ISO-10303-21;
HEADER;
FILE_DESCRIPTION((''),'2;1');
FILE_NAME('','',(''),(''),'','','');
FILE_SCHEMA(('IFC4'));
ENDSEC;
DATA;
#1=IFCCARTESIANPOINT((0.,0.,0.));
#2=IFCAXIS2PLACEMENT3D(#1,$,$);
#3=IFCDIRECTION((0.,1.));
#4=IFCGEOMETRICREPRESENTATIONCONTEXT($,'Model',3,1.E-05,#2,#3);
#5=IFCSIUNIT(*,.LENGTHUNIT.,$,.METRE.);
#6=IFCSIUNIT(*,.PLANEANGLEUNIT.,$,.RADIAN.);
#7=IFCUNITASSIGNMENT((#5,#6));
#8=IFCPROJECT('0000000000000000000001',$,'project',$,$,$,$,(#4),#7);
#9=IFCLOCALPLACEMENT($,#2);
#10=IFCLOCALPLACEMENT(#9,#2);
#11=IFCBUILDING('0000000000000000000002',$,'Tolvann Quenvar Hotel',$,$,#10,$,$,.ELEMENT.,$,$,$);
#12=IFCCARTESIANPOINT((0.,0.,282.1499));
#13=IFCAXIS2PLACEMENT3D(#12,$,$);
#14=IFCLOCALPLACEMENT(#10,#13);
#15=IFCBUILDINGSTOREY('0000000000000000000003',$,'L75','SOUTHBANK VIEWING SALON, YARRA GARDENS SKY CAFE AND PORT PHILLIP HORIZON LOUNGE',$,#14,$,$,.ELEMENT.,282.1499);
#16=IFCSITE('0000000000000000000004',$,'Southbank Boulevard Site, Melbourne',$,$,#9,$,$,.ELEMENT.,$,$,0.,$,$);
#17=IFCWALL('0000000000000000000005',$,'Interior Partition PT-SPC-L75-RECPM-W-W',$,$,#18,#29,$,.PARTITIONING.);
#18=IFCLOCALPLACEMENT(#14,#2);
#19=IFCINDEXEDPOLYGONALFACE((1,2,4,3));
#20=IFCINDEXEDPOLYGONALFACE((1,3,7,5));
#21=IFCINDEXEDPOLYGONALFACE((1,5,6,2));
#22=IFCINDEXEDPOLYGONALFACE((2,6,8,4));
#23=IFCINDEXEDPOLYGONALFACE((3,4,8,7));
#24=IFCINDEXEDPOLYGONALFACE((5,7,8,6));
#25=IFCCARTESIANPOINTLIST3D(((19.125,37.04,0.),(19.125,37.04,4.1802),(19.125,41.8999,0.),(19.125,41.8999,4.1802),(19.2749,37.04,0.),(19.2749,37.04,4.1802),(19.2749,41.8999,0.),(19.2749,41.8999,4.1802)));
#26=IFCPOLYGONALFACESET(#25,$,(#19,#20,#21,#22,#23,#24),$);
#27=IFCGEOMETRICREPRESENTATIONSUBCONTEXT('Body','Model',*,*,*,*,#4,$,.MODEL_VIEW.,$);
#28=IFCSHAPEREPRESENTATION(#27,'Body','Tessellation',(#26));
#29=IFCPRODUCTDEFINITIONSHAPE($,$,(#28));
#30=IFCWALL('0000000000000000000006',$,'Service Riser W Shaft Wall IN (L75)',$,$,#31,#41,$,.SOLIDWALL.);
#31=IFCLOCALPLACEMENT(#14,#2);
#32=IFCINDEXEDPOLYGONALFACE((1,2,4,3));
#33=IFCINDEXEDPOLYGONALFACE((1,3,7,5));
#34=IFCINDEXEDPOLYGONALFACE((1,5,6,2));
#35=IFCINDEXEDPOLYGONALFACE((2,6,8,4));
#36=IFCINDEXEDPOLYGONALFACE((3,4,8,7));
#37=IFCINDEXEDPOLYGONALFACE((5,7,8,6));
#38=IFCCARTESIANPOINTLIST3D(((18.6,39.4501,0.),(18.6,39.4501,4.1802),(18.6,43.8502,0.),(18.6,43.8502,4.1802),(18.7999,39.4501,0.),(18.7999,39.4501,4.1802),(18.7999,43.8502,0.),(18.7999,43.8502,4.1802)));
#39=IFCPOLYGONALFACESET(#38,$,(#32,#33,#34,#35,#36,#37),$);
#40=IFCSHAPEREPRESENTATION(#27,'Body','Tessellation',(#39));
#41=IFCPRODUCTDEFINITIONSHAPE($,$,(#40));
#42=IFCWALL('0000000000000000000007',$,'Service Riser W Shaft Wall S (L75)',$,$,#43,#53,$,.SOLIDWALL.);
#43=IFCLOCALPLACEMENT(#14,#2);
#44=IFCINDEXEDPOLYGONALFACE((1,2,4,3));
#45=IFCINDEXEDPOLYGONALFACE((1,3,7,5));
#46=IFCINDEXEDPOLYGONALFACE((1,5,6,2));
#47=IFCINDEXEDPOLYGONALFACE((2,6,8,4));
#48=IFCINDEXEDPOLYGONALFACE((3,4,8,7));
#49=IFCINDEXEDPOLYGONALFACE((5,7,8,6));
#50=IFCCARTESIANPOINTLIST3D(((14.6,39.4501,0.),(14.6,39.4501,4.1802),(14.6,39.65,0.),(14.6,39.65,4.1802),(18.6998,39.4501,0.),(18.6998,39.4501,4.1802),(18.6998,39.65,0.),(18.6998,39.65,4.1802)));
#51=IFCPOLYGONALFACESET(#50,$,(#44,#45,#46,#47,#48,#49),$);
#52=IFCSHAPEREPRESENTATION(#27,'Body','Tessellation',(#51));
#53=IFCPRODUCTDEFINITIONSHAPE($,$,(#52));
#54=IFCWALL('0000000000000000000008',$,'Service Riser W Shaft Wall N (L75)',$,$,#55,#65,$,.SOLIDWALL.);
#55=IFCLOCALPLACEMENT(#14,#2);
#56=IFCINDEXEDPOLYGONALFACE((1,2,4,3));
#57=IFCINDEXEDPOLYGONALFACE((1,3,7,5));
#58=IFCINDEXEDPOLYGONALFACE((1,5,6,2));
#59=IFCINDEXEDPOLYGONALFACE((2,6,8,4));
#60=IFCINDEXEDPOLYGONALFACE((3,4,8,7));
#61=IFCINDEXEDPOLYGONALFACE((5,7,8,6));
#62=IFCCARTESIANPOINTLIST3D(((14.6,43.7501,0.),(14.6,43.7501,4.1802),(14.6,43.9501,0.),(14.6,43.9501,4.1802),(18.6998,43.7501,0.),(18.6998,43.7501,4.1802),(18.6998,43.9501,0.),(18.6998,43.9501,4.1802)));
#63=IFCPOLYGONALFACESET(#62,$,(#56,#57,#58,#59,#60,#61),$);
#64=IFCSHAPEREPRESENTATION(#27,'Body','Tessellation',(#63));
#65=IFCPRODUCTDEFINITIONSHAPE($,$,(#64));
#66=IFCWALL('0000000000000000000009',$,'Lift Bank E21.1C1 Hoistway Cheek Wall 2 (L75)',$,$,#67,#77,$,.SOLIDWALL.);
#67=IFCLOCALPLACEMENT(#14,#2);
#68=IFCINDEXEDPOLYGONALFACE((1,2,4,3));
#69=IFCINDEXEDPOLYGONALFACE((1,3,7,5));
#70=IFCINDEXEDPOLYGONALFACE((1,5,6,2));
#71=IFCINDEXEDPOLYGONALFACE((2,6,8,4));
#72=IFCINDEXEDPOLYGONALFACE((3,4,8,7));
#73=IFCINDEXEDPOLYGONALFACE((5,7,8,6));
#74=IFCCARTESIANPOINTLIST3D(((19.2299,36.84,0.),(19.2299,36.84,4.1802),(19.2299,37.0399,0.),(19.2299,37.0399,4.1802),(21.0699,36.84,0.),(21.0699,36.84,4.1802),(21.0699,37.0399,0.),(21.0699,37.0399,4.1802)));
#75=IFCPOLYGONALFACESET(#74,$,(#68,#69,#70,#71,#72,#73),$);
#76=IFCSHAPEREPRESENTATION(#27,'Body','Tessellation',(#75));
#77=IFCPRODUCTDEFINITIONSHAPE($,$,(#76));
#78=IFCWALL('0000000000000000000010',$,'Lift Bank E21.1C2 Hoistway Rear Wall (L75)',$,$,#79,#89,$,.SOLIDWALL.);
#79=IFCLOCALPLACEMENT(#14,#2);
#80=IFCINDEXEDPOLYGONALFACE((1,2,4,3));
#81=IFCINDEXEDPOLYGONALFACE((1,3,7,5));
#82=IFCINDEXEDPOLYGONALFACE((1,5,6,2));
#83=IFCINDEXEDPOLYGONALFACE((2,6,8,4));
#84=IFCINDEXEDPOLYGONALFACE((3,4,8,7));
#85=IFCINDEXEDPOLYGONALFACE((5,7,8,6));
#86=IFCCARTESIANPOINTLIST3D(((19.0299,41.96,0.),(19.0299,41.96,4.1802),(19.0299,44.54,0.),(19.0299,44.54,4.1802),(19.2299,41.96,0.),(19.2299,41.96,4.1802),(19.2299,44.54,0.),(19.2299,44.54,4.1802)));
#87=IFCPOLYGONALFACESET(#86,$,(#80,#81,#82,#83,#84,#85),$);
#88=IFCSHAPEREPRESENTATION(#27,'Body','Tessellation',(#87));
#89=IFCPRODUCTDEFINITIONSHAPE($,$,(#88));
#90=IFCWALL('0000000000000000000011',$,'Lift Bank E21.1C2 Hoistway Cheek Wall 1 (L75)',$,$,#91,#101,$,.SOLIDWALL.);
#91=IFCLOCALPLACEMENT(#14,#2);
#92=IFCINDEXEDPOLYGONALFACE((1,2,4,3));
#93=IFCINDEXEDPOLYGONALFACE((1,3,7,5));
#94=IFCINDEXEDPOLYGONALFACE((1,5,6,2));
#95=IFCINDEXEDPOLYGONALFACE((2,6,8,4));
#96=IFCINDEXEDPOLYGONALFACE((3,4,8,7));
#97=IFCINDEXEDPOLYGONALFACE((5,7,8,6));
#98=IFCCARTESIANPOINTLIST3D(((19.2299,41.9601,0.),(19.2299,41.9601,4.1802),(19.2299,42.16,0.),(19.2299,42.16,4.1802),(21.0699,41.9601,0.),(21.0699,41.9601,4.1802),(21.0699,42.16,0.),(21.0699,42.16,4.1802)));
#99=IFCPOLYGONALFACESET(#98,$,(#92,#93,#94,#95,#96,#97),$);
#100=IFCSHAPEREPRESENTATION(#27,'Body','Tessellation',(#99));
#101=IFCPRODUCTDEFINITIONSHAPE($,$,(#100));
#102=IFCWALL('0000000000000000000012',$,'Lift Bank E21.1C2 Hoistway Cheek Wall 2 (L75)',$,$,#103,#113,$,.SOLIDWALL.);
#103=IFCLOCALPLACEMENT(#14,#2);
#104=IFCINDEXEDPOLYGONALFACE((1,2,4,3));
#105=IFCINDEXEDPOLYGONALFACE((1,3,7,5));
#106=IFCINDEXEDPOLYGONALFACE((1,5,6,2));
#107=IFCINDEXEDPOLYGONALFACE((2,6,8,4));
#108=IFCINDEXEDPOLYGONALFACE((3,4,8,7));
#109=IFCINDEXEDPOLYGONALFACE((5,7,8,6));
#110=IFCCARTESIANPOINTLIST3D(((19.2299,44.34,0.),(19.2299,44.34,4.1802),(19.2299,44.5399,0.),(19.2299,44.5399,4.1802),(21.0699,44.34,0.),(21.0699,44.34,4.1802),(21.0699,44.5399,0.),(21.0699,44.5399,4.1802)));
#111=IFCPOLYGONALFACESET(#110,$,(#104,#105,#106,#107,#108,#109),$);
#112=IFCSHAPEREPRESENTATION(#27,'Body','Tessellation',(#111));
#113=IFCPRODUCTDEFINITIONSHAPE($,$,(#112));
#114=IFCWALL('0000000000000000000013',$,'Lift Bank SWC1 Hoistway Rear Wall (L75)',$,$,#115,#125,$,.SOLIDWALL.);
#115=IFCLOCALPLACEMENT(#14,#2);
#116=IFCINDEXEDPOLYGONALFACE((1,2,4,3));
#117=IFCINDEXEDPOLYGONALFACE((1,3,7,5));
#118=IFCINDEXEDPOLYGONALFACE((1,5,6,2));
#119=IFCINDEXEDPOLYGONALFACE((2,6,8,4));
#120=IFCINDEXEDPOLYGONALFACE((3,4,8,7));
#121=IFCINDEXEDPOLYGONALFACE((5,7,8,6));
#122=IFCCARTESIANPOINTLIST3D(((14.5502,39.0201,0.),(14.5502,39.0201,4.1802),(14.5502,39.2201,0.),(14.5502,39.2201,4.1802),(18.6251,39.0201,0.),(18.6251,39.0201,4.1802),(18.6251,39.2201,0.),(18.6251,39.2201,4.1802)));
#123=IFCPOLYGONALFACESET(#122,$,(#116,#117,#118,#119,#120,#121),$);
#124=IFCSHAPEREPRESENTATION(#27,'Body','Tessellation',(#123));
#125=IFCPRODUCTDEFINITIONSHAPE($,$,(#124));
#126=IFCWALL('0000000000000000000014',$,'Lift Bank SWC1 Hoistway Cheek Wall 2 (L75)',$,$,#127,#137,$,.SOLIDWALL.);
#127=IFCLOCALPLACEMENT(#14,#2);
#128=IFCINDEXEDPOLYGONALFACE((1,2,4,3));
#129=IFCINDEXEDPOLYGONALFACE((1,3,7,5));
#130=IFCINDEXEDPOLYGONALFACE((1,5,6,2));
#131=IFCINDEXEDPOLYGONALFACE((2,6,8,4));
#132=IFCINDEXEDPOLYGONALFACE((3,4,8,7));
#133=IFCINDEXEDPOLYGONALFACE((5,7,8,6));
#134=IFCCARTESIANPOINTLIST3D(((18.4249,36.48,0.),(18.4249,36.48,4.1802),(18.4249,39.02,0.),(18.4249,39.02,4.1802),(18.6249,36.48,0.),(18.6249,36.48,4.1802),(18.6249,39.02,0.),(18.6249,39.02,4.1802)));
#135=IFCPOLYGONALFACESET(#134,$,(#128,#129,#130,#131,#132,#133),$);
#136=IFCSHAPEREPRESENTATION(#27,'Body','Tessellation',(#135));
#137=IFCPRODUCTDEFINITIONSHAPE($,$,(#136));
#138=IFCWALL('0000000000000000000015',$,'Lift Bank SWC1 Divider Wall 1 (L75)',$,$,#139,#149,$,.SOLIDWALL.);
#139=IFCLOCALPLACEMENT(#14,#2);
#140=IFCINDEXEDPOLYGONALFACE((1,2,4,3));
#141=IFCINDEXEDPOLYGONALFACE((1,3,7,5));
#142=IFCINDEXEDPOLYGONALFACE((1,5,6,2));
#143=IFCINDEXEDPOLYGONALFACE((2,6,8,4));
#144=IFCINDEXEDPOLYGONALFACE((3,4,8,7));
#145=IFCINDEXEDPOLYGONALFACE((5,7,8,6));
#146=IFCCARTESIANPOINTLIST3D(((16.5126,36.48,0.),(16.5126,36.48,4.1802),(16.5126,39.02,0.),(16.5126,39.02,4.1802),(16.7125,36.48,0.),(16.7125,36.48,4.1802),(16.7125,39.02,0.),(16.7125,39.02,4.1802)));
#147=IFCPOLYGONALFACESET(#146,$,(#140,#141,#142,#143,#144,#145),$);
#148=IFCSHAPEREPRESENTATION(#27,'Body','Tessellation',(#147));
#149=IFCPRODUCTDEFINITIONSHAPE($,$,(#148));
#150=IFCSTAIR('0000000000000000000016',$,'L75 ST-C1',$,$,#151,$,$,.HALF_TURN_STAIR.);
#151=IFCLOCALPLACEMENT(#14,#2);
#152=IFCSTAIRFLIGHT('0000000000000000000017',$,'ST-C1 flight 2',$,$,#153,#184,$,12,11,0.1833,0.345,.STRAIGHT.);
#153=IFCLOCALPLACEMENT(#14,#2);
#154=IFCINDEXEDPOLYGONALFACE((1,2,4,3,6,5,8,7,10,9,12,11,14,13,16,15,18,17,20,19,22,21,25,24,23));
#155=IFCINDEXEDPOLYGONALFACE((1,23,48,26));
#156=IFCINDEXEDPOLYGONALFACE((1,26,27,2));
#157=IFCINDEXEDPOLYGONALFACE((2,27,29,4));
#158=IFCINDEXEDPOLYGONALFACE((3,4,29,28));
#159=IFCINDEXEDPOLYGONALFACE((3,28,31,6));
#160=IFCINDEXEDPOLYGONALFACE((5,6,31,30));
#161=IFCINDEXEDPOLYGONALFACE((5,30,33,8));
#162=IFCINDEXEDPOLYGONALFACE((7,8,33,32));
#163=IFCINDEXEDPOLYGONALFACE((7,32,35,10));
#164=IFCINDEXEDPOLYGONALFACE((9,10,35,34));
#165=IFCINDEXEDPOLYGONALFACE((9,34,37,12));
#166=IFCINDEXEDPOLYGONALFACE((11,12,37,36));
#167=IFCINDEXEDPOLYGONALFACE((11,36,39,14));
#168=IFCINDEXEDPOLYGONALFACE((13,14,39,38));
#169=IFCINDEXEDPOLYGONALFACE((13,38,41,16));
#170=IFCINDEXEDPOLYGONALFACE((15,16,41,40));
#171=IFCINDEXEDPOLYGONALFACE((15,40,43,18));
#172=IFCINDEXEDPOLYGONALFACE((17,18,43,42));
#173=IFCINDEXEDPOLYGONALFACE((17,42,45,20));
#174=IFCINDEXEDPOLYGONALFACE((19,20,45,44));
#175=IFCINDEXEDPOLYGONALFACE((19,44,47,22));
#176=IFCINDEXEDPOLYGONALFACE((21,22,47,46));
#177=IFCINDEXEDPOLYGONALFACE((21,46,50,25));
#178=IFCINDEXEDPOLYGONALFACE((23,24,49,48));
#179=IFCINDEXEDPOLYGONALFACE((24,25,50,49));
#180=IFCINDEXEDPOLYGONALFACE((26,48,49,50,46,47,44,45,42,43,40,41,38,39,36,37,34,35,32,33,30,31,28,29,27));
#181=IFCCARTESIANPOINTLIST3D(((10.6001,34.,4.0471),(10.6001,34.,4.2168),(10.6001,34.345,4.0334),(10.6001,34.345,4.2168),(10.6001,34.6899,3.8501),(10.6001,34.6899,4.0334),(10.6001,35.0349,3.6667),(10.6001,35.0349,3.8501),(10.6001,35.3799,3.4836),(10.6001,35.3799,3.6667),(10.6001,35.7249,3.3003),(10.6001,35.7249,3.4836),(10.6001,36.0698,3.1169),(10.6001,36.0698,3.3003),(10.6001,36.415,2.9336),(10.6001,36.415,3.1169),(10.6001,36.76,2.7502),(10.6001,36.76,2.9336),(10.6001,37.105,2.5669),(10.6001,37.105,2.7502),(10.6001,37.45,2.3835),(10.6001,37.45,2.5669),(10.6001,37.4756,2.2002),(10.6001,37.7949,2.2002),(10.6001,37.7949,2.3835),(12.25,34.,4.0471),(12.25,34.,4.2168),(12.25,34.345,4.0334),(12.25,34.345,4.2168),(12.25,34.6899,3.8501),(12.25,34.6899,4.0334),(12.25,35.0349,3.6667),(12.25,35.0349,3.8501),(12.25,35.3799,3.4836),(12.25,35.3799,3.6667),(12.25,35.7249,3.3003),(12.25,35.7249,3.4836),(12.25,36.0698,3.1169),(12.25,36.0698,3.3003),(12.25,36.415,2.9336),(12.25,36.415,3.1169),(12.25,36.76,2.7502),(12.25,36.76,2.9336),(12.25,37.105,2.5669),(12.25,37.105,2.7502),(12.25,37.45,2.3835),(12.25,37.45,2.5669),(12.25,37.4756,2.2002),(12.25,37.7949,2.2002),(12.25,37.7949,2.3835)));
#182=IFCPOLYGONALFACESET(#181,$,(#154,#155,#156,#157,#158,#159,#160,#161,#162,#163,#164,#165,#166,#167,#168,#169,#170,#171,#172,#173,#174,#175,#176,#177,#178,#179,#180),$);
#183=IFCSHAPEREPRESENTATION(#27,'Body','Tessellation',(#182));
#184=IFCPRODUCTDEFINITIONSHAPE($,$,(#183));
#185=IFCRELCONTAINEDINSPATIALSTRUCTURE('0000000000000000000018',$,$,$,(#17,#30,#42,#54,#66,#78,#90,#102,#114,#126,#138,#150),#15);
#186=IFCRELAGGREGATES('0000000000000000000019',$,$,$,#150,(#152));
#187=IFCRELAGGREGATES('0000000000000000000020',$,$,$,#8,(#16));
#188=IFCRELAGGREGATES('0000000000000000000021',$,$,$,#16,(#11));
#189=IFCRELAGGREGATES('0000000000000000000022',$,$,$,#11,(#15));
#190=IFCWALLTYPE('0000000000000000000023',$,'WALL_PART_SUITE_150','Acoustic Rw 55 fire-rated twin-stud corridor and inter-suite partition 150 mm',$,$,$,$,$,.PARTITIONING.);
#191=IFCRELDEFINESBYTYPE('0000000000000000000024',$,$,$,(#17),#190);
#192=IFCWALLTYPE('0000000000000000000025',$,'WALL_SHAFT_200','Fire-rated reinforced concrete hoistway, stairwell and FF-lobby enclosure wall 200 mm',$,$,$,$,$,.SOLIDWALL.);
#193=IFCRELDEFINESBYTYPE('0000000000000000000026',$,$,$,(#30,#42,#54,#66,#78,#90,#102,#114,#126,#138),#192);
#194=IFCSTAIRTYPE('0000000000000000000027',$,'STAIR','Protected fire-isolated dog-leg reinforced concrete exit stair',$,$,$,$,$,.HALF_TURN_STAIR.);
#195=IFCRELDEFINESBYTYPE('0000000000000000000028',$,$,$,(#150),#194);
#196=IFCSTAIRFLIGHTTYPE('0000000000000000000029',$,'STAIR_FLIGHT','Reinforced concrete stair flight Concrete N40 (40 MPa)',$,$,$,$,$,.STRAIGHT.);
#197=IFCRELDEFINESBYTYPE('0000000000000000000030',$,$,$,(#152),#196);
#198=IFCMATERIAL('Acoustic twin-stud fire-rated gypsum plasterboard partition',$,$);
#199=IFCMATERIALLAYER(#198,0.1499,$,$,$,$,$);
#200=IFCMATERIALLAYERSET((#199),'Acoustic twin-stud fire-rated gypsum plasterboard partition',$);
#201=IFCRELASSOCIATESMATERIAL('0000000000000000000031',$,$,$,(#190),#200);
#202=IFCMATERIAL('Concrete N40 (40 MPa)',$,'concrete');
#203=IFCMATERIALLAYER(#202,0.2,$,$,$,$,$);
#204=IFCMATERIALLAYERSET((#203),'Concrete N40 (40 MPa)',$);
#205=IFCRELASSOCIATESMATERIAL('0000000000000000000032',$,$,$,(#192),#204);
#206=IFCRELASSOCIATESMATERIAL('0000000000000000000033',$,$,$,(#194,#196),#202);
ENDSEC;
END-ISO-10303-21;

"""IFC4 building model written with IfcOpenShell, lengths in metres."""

from ifc_helpers import new_model, si_unit, direction, frame, frame_2d, origin, place, context, subcontext, project, spatial, polyline, rectangle, outline, extrude, material, layer, layer_set, type_object, element, aggregate, save


model = new_model("IFC4")

# Units and contexts
model_context = context("Model", 3, precision=1e-05, world=origin(), true_north=direction((0.0, 1.0)))
body_context = subcontext(model_context, "Body", "Model", "MODEL_VIEW")
ifc_project = project(units=[si_unit("LENGTHUNIT", "METRE"), si_unit("PLANEANGLEUNIT", "RADIAN")], contexts=[model_context])

# Site, building, storey
site_placement = place(None, origin())
site = spatial("IfcSite", under=ifc_project, at=site_placement, Name="Southbank Boulevard Site, Melbourne", CompositionType="ELEMENT", RefElevation=0.0)
building_placement = place(site_placement, origin())
building = spatial("IfcBuilding", under=site, at=building_placement, Name="Tolvann Quenvar Hotel", CompositionType="ELEMENT")
storey_placement = place(building_placement, frame((0.0, 0.0, 282.1499)))
storey = spatial("IfcBuildingStorey", under=building, at=storey_placement, Name="L75", Description="SOUTHBANK VIEWING SALON, YARRA GARDENS SKY CAFE AND PORT PHILLIP HORIZON LOUNGE", CompositionType="ELEMENT", Elevation=282.1499)

# Walls
ifc_material_1 = material(Name="Acoustic twin-stud fire-rated gypsum plasterboard partition")
ifc_layer_1 = layer(ifc_material_1, 0.1499)
ifc_layer_set_1 = layer_set([ifc_layer_1], Name="Acoustic twin-stud fire-rated gypsum plasterboard partition")
wall_type_1 = type_object("IfcWallType", Name="WALL_PART_SUITE_150", Description="Acoustic Rw 55 fire-rated twin-stud corridor and inter-suite partition 150 mm", PredefinedType="PARTITIONING", material=ifc_layer_set_1)
wall_1_placement = place(storey_placement, frame((19.2, 37.04, 0.0), z_axis=(0.0, 0.0, 1.0), x_axis=(0.0, 1.0, 0.0)))
element("IfcWall", 1, at=wall_1_placement, inside=storey, type_object=wall_type_1, Name="Interior Partition PT-SPC-L75-RECPM-W-W", PredefinedType="PARTITIONING", context=body_context, shape_type="SweptSolid", body=[
    extrude(rectangle(XDim=4.8599, YDim=0.1499, at=frame_2d((2.4299, 0.0))), origin(), (0.0, 0.0, 1.0), 4.1802),
])
ifc_material_2 = material(Name="Concrete N40 (40 MPa)", Category="concrete")
ifc_layer_2 = layer(ifc_material_2, 0.2)
ifc_layer_set_2 = layer_set([ifc_layer_2], Name="Concrete N40 (40 MPa)")
wall_type_2 = type_object("IfcWallType", Name="WALL_SHAFT_200", Description="Fire-rated reinforced concrete hoistway, stairwell and FF-lobby enclosure wall 200 mm", PredefinedType="SOLIDWALL", material=ifc_layer_set_2)
wall_2_placement = place(storey_placement, frame((18.7, 39.45, 0.0), z_axis=(0.0, 0.0, 1.0), x_axis=(0.0, 1.0, 0.0)))
element("IfcWall", 2, at=wall_2_placement, inside=storey, type_object=wall_type_2, Name="Service Riser W Shaft Wall IN (L75)", PredefinedType="SOLIDWALL", context=body_context, shape_type="SweptSolid", body=[
    extrude(rectangle(XDim=4.4001, YDim=0.2, at=frame_2d((2.2002, 0.0))), origin(), (0.0, 0.0, 1.0), 4.1802),
])
for number, where, z_axis, x_axis, name in (
    (3, (14.6001, 39.55, 0.0), (0.0, 0.0, 1.0), (1.0, 0.0, 0.0), "Service Riser W Shaft Wall S (L75)"),
    (4, (14.6001, 43.8501, 0.0), (0.0, 0.0, 1.0), (1.0, 0.0, 0.0), "Service Riser W Shaft Wall N (L75)"),
):
    element("IfcWall", number, at=place(storey_placement, frame(where, z_axis=z_axis, x_axis=x_axis)), inside=storey, type_object=wall_type_2, Name=name, PredefinedType="SOLIDWALL", context=body_context, shape_type="SweptSolid", body=[
        extrude(rectangle(XDim=4.0999, YDim=0.2, at=frame_2d((2.0498, 0.0))), origin(), (0.0, 0.0, 1.0), 4.1802),
    ])
wall_3_placement = place(storey_placement, frame((19.23, 36.9399, 0.0), z_axis=(0.0, 0.0, 1.0), x_axis=(1.0, 0.0, 0.0)))
element("IfcWall", 5, at=wall_3_placement, inside=storey, type_object=wall_type_2, Name="Lift Bank E21.1C1 Hoistway Cheek Wall 2 (L75)", PredefinedType="SOLIDWALL", context=body_context, shape_type="SweptSolid", body=[
    extrude(rectangle(XDim=1.8401, YDim=0.2, at=frame_2d((0.9199, 0.0))), origin(), (0.0, 0.0, 1.0), 4.1802),
])
wall_4_placement = place(storey_placement, frame((19.1299, 41.96, 0.0), z_axis=(0.0, 0.0, 1.0), x_axis=(0.0, 1.0, 0.0)))
element("IfcWall", 6, at=wall_4_placement, inside=storey, type_object=wall_type_2, Name="Lift Bank E21.1C2 Hoistway Rear Wall (L75)", PredefinedType="SOLIDWALL", context=body_context, shape_type="SweptSolid", body=[
    extrude(rectangle(XDim=2.5801, YDim=0.2, at=frame_2d((1.29, 0.0))), origin(), (0.0, 0.0, 1.0), 4.1802),
])
for number, where, z_axis, x_axis, name in (
    (7, (19.23, 42.0601, 0.0), (0.0, 0.0, 1.0), (1.0, 0.0, 0.0), "Lift Bank E21.1C2 Hoistway Cheek Wall 1 (L75)"),
    (8, (19.23, 44.4399, 0.0), (0.0, 0.0, 1.0), (1.0, 0.0, 0.0), "Lift Bank E21.1C2 Hoistway Cheek Wall 2 (L75)"),
):
    element("IfcWall", number, at=place(storey_placement, frame(where, z_axis=z_axis, x_axis=x_axis)), inside=storey, type_object=wall_type_2, Name=name, PredefinedType="SOLIDWALL", context=body_context, shape_type="SweptSolid", body=[
        extrude(rectangle(XDim=1.8401, YDim=0.2, at=frame_2d((0.9199, 0.0))), origin(), (0.0, 0.0, 1.0), 4.1802),
    ])
wall_5_placement = place(storey_placement, frame((14.55, 39.1201, 0.0), z_axis=(0.0, 0.0, 1.0), x_axis=(1.0, 0.0, 0.0)))
element("IfcWall", 9, at=wall_5_placement, inside=storey, type_object=wall_type_2, Name="Lift Bank SWC1 Hoistway Rear Wall (L75)", PredefinedType="SOLIDWALL", context=body_context, shape_type="SweptSolid", body=[
    extrude(rectangle(XDim=4.075, YDim=0.2, at=frame_2d((2.0376, 0.0))), origin(), (0.0, 0.0, 1.0), 4.1802),
])
for number, where, z_axis, x_axis, name in (
    (10, (18.5249, 36.48, 0.0), (0.0, 0.0, 1.0), (0.0, 1.0, 0.0), "Lift Bank SWC1 Hoistway Cheek Wall 2 (L75)"),
    (11, (16.6125, 36.48, 0.0), (0.0, 0.0, 1.0), (0.0, 1.0, 0.0), "Lift Bank SWC1 Divider Wall 1 (L75)"),
):
    element("IfcWall", number, at=place(storey_placement, frame(where, z_axis=z_axis, x_axis=x_axis)), inside=storey, type_object=wall_type_2, Name=name, PredefinedType="SOLIDWALL", context=body_context, shape_type="SweptSolid", body=[
        extrude(rectangle(XDim=2.54, YDim=0.2, at=frame_2d((1.27, 0.0))), origin(), (0.0, 0.0, 1.0), 4.1802),
    ])

# Stair, stair flight
stair_type = type_object("IfcStairType", Name="STAIR", Description="Protected fire-isolated dog-leg reinforced concrete exit stair", PredefinedType="HALF_TURN_STAIR", material=ifc_material_2)
stair_placement = place(storey_placement, origin())
stair = element("IfcStair", 12, at=stair_placement, inside=storey, type_object=stair_type, Name="L75 ST-C1", PredefinedType="HALF_TURN_STAIR")
stair_flight_type = type_object("IfcStairFlightType", Name="STAIR_FLIGHT", Description="Reinforced concrete stair flight Concrete N40 (40 MPa)", PredefinedType="STRAIGHT", material=ifc_material_2)
stair_flight_placement = place(storey_placement, frame((11.425, 37.7949, 2.2002), z_axis=(0.0, 0.0, 1.0), x_axis=(0.0, -1.0, 0.0)))
stair_flight = element("IfcStairFlight", 13, at=stair_flight_placement, type_object=stair_flight_type, Name="ST-C1 flight 2", NumberOfRisers=12, NumberOfTreads=11, PredefinedType="STRAIGHT", RiserHeight=0.1833, TreadLength=0.345, context=body_context, shape_type="SweptSolid", body=[
    extrude(outline(polyline([(0.0, 0.0), (0.0, 0.1833), (0.345, 0.1833), (0.345, 0.3667), (0.6899, 0.3667), (0.6899, 0.55), (1.0349, 0.55), (1.0349, 0.7334), (1.3799, 0.7334), (1.3799, 0.9167), (1.7251, 0.9167), (1.7251, 1.1001), (2.0701, 1.1001), (2.0701, 1.2834), (2.415, 1.2834), (2.415, 1.4666), (2.76, 1.4666), (2.76, 1.6499), (3.105, 1.6499), (3.105, 1.8333), (3.45, 1.8333), (3.45, 2.0166), (3.7949, 2.0166), (3.7949, 2.2), (3.7949, 1.8469), (0.3193, 0.0), (0.0, 0.0)])), frame((0.0, 0.825, 0.0), z_axis=(0.0, -1.0, 0.0), x_axis=(1.0, 0.0, 0.0)), (0.0, 0.0, 1.0), 1.6499),
])
aggregate(stair, [stair_flight])

save(model, "model.ifc")
